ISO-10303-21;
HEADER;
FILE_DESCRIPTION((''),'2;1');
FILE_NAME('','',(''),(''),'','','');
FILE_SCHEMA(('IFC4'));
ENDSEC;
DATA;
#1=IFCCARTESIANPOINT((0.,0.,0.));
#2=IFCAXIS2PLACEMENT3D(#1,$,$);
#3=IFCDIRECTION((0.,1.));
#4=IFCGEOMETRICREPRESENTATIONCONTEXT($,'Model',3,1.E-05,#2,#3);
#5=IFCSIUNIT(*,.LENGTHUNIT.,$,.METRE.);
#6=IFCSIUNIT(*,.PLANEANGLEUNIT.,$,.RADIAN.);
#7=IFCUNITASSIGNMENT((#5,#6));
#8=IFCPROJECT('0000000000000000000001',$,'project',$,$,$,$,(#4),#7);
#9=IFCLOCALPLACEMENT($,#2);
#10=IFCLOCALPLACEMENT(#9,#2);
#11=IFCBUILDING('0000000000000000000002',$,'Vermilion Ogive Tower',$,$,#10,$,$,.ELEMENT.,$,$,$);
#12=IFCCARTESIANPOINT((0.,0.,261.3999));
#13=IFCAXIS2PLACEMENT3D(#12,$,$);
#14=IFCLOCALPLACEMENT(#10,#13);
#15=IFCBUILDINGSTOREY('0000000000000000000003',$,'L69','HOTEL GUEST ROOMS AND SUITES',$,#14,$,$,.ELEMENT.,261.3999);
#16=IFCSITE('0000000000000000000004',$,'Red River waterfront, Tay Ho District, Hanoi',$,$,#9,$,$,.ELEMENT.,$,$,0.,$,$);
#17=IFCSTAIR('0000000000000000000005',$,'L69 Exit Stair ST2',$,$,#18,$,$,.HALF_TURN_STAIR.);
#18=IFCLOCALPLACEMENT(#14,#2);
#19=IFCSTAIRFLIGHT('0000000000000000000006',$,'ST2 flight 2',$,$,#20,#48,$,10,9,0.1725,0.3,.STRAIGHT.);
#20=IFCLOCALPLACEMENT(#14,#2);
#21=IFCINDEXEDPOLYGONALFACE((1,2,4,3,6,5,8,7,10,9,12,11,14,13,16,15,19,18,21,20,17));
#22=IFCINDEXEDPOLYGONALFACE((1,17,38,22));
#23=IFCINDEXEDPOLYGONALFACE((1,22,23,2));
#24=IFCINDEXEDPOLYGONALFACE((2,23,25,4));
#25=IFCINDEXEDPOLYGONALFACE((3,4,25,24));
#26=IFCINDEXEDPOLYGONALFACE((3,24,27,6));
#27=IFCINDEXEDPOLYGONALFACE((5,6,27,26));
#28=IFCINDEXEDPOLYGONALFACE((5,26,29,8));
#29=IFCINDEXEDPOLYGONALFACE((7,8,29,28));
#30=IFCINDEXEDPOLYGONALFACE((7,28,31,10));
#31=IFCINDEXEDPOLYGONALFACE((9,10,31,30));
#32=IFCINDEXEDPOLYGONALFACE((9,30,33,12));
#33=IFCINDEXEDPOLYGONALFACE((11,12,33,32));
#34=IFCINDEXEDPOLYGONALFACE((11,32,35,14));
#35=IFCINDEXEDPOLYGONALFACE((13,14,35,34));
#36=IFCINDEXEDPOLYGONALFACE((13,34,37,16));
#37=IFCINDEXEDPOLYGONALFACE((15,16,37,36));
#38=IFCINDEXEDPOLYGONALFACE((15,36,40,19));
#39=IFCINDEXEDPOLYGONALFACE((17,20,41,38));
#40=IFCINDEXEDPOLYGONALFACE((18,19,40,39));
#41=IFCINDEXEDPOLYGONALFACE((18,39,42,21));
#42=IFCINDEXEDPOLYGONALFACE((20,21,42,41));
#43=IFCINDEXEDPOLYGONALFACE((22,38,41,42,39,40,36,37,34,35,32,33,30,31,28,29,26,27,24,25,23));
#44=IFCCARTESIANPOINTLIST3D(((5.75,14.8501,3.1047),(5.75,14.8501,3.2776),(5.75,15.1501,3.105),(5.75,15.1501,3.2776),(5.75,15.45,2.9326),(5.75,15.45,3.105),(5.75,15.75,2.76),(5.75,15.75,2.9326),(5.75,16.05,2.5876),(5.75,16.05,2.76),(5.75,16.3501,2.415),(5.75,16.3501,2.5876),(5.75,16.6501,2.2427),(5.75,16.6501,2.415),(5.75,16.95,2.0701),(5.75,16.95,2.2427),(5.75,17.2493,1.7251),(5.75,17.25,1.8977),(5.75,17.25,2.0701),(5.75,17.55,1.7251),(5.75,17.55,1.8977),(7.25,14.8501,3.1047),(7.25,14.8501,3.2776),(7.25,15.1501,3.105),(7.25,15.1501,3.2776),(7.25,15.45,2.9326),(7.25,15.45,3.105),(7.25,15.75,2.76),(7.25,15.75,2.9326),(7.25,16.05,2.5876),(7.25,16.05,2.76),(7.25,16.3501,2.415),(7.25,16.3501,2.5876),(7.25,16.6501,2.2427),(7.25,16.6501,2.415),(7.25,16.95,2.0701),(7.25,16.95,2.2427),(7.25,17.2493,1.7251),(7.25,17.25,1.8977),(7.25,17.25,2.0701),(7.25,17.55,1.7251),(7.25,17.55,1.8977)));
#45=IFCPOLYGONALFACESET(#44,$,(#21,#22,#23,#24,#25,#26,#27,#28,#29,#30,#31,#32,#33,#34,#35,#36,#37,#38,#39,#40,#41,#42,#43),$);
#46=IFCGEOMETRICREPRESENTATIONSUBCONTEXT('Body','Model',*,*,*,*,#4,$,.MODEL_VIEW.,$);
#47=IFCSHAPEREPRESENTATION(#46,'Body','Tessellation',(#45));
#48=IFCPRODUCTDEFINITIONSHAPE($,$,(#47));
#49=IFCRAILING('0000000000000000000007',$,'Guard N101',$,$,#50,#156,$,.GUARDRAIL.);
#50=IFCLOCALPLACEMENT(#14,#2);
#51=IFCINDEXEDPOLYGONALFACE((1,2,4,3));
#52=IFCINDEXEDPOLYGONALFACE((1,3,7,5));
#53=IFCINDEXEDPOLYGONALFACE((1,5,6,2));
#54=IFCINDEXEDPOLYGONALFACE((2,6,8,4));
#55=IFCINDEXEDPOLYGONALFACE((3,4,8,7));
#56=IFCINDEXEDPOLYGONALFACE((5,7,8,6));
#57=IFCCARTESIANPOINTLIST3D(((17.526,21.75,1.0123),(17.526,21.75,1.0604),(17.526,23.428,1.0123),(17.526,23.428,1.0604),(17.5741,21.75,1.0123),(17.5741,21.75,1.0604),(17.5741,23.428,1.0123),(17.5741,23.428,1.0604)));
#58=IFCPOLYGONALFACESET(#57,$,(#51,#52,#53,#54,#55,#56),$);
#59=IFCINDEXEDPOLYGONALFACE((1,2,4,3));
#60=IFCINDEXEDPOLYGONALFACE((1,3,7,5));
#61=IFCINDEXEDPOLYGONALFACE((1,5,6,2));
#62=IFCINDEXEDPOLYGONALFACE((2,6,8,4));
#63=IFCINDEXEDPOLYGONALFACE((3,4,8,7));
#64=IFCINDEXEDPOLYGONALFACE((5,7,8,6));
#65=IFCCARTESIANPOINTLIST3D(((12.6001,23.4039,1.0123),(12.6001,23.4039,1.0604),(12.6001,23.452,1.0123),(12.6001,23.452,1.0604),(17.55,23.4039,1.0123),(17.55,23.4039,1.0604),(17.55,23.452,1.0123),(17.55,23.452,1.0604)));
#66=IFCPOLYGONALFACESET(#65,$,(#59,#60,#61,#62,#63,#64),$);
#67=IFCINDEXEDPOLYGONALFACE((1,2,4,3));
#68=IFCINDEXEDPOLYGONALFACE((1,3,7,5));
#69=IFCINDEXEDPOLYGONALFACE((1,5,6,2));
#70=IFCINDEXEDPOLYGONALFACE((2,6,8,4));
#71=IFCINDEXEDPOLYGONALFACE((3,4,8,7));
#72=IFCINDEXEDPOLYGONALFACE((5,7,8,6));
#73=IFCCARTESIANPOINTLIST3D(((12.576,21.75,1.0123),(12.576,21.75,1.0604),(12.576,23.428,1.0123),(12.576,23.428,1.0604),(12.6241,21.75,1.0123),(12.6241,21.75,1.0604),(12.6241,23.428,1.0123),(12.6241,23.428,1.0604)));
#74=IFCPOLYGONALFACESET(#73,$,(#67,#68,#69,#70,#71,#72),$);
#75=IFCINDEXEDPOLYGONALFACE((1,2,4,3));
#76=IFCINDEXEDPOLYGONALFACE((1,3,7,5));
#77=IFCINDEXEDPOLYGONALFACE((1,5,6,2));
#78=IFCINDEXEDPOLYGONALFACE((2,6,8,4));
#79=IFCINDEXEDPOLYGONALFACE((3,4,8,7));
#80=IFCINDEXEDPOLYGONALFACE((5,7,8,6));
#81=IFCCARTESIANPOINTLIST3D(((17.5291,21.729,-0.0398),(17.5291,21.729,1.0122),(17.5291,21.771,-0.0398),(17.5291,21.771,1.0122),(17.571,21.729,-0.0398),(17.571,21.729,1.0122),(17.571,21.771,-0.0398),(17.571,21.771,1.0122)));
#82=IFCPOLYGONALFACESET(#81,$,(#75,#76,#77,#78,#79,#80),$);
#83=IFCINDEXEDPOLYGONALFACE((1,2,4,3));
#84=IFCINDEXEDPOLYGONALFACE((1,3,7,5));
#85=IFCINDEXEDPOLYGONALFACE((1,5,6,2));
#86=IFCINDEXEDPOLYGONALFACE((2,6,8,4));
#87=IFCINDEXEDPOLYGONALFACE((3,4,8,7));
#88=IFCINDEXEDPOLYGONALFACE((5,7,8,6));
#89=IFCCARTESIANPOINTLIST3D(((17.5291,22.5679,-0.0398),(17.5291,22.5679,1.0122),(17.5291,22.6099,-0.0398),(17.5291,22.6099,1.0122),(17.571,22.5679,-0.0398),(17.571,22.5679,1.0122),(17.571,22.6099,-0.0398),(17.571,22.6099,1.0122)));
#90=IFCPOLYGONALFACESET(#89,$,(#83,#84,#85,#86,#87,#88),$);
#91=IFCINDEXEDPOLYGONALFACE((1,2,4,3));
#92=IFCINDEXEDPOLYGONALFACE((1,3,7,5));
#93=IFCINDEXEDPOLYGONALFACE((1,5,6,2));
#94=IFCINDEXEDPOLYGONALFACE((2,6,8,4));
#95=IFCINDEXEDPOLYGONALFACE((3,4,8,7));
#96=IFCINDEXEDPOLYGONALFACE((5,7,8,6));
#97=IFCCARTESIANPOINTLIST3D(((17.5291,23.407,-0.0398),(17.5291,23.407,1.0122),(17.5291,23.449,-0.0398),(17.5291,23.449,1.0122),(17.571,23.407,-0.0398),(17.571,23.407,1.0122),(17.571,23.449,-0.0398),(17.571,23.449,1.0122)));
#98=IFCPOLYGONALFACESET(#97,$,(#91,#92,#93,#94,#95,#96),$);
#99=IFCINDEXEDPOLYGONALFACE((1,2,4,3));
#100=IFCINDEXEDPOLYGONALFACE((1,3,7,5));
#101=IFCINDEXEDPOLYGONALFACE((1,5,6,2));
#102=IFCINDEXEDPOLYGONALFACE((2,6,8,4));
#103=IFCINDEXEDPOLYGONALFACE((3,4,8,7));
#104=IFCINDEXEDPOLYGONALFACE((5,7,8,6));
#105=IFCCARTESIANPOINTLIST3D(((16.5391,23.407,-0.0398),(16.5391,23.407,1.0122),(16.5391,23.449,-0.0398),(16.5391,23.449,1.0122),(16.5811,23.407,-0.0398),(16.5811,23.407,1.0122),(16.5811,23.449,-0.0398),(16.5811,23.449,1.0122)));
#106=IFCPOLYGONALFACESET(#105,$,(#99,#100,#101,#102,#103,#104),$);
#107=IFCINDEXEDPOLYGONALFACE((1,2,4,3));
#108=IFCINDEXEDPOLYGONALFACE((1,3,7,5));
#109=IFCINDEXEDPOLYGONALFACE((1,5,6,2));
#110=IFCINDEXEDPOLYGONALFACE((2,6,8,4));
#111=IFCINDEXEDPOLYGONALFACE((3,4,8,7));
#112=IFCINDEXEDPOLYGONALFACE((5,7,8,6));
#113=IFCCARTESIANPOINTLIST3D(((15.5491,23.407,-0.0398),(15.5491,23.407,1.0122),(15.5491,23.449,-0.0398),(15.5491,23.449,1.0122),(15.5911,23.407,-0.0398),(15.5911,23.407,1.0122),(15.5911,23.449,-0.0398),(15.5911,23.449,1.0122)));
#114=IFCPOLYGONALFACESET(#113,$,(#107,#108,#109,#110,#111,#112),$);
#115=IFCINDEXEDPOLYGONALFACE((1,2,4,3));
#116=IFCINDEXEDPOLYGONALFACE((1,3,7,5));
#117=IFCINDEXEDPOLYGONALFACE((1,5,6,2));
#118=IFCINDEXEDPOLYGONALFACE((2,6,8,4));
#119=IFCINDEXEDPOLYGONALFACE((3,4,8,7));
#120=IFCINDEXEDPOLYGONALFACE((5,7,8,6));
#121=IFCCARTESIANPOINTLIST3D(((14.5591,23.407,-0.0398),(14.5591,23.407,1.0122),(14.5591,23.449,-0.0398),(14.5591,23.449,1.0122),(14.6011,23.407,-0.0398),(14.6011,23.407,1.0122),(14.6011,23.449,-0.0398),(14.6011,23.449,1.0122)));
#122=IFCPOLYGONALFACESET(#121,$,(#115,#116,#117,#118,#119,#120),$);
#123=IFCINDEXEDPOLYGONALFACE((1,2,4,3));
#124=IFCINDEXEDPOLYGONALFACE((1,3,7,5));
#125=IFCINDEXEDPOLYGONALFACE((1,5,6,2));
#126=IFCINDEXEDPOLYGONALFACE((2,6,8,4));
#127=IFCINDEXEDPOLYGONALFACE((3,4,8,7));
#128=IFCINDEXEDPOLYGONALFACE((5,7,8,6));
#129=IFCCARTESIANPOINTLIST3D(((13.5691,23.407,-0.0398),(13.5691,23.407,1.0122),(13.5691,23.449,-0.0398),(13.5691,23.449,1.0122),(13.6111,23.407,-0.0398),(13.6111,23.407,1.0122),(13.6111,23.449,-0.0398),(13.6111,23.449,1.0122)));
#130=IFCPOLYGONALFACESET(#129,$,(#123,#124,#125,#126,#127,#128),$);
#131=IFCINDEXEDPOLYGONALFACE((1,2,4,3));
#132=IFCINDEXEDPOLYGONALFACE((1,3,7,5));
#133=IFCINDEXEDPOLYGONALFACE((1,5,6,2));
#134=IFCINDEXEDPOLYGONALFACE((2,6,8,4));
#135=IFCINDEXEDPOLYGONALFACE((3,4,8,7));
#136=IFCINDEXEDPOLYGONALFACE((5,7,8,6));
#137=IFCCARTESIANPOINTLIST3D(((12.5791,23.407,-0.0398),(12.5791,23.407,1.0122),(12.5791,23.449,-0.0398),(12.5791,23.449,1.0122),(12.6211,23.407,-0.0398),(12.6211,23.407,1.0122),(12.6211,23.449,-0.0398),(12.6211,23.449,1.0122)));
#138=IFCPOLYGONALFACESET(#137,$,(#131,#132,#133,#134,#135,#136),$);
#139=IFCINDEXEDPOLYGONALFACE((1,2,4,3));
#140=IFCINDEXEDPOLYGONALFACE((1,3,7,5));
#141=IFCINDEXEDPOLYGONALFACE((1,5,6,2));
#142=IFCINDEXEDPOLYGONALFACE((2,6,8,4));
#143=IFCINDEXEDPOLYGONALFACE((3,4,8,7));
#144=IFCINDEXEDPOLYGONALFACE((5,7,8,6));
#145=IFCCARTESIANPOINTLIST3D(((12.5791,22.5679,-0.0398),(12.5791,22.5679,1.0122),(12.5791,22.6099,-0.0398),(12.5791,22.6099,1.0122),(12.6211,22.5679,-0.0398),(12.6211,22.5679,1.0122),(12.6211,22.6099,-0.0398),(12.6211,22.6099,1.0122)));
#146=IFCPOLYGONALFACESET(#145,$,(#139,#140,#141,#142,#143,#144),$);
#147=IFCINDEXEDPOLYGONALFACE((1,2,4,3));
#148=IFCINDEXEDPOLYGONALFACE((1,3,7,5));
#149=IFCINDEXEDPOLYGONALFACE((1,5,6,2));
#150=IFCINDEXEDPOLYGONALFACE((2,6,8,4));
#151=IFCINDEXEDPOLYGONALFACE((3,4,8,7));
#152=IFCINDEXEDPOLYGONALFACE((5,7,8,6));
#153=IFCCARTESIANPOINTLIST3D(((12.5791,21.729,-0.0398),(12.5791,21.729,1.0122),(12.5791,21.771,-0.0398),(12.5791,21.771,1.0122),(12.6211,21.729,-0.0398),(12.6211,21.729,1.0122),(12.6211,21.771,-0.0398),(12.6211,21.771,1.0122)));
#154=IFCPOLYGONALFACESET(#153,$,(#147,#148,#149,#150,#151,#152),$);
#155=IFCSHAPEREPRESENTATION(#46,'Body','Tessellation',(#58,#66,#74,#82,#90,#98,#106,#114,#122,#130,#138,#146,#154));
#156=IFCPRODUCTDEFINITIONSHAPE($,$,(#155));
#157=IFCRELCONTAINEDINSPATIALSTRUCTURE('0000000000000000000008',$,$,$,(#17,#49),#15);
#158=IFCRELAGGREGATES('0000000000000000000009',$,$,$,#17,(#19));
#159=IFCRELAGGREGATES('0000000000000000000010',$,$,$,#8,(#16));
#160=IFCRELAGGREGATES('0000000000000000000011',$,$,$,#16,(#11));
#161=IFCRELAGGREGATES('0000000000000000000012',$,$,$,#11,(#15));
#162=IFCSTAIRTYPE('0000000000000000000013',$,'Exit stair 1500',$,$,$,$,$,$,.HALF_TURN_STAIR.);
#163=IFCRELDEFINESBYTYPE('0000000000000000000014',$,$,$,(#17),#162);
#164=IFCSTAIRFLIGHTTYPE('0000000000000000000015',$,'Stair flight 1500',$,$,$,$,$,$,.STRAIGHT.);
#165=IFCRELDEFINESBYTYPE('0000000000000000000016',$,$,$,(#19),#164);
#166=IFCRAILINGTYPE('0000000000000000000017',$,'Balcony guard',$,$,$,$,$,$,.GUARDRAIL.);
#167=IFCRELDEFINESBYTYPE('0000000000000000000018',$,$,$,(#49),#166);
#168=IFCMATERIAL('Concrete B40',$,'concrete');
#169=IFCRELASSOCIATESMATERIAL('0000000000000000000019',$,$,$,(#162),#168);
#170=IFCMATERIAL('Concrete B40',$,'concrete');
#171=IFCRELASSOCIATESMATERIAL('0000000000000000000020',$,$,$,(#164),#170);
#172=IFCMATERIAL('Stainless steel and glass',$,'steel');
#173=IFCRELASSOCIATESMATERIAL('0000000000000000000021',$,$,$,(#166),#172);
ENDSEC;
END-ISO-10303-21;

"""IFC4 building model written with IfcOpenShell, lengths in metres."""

from ifc_helpers import new_model, si_unit, direction, frame, origin, origin_2d, place, context, subcontext, project, spatial, polyline, rectangle, outline, extrude, material, type_object, element, aggregate, save


model = new_model("IFC4")

# Units and contexts
model_context = context("Model", 3, precision=1e-05, world=origin(), true_north=direction((0.0, 1.0)))
body_context = subcontext(model_context, "Body", "Model", "MODEL_VIEW")
ifc_project = project(units=[si_unit("LENGTHUNIT", "METRE"), si_unit("PLANEANGLEUNIT", "RADIAN")], contexts=[model_context])

# Site, building, storey
site_placement = place(None, origin())
site = spatial("IfcSite", under=ifc_project, at=site_placement, Name="Red River waterfront, Tay Ho District, Hanoi", CompositionType="ELEMENT", RefElevation=0.0)
building_placement = place(site_placement, origin())
building = spatial("IfcBuilding", under=site, at=building_placement, Name="Vermilion Ogive Tower", CompositionType="ELEMENT")
storey_placement = place(building_placement, frame((0.0, 0.0, 261.3999)))
storey = spatial("IfcBuildingStorey", under=building, at=storey_placement, Name="L69", Description="HOTEL GUEST ROOMS AND SUITES", CompositionType="ELEMENT", Elevation=261.3999)

# Stair, stair flight
ifc_material_1 = material(Name="Concrete B40", Category="concrete")
stair_type = type_object("IfcStairType", Name="Exit stair 1500", PredefinedType="HALF_TURN_STAIR", material=ifc_material_1)
stair_placement = place(storey_placement, origin())
stair = element("IfcStair", 1, at=stair_placement, inside=storey, type_object=stair_type, Name="L69 Exit Stair ST2", PredefinedType="HALF_TURN_STAIR")
ifc_material_2 = material(Name="Concrete B40", Category="concrete")
stair_flight_type = type_object("IfcStairFlightType", Name="Stair flight 1500", PredefinedType="STRAIGHT", material=ifc_material_2)
stair_flight_placement = place(storey_placement, frame((6.5, 17.55, 1.7251), z_axis=(0.0, 0.0, 1.0), x_axis=(0.0, -1.0, 0.0)))
stair_flight = element("IfcStairFlight", 2, at=stair_flight_placement, type_object=stair_flight_type, Name="ST2 flight 2", NumberOfRisers=10, NumberOfTreads=9, PredefinedType="STRAIGHT", RiserHeight=0.1725, TreadLength=0.3, context=body_context, shape_type="SweptSolid", body=[
    extrude(outline(polyline([(0.0, 0.0), (0.0, 0.1726), (0.3, 0.1726), (0.3, 0.345), (0.6001, 0.345), (0.6001, 0.5176), (0.8999, 0.5176), (0.8999, 0.6899), (1.2, 0.6899), (1.2, 0.8625), (1.5, 0.8625), (1.5, 1.0349), (1.8, 1.0349), (1.8, 1.2075), (2.1001, 1.2075), (2.1001, 1.3799), (2.3999, 1.3799), (2.3999, 1.5525), (2.7, 1.5525), (2.7, 1.7251), (2.7, 1.3796), (0.3008, 0.0), (0.0, 0.0)])), frame((0.0, 0.75, 0.0), z_axis=(0.0, -1.0, 0.0), x_axis=(1.0, 0.0, 0.0)), (0.0, 0.0, 1.0), 1.5),
])
aggregate(stair, [stair_flight])

# Railing
ifc_material_3 = material(Name="Stainless steel and glass", Category="steel")
railing_type_1 = type_object("IfcRailingType", Name="Balcony guard", PredefinedType="GUARDRAIL", material=ifc_material_3)
railing_1_placement = place(storey_placement, frame((17.55, 21.75, -0.0398)))
element("IfcRailing", 3, at=railing_1_placement, inside=storey, type_object=railing_type_1, Name="Guard N101", PredefinedType="GUARDRAIL", context=body_context, shape_type="SweptSolid", body=[
    extrude(rectangle(XDim=0.0481, YDim=0.0481, at=origin_2d()), frame((0.0, 0.0, 1.0762), z_axis=(0.0, 1.0, 0.0), x_axis=(-1.0, 0.0, 0.0)), (0.0, 0.0, 1.0), 1.678),
    extrude(rectangle(XDim=0.0481, YDim=0.0481, at=origin_2d()), frame((0.0, 1.678, 1.0762), z_axis=(-1.0, 0.0, 0.0), x_axis=(0.0, -1.0, 0.0)), (0.0, 0.0, 1.0), 4.95),
    extrude(rectangle(XDim=0.0481, YDim=0.0481, at=origin_2d()), frame((-4.95, 1.678, 1.0762), z_axis=(0.0, -1.0, 0.0), x_axis=(1.0, 0.0, 0.0)), (0.0, 0.0, 1.0), 1.678),
    extrude(rectangle(XDim=0.042, YDim=0.042, at=origin_2d()), origin(), (0.0, 0.0, 1.0), 1.052),
    extrude(rectangle(XDim=0.042, YDim=0.042, at=origin_2d()), frame((0.0, 0.8389, 0.0)), (0.0, 0.0, 1.0), 1.052),
    extrude(rectangle(XDim=0.042, YDim=0.042, at=origin_2d()), frame((0.0, 1.678, 0.0)), (0.0, 0.0, 1.0), 1.052),
    extrude(rectangle(XDim=0.042, YDim=0.042, at=origin_2d()), frame((-0.99, 1.678, 0.0)), (0.0, 0.0, 1.0), 1.052),
    extrude(rectangle(XDim=0.042, YDim=0.042, at=origin_2d()), frame((-1.98, 1.678, 0.0)), (0.0, 0.0, 1.0), 1.052),
    extrude(rectangle(XDim=0.042, YDim=0.042, at=origin_2d()), frame((-2.97, 1.678, 0.0)), (0.0, 0.0, 1.0), 1.052),
    extrude(rectangle(XDim=0.042, YDim=0.042, at=origin_2d()), frame((-3.96, 1.678, 0.0)), (0.0, 0.0, 1.0), 1.052),
    extrude(rectangle(XDim=0.042, YDim=0.042, at=origin_2d()), frame((-4.95, 1.678, 0.0)), (0.0, 0.0, 1.0), 1.052),
    extrude(rectangle(XDim=0.042, YDim=0.042, at=origin_2d()), frame((-4.95, 0.8389, 0.0)), (0.0, 0.0, 1.0), 1.052),
    extrude(rectangle(XDim=0.042, YDim=0.042, at=origin_2d()), frame((-4.95, 0.0, 0.0)), (0.0, 0.0, 1.0), 1.052),
])

save(model, "model.ifc")
